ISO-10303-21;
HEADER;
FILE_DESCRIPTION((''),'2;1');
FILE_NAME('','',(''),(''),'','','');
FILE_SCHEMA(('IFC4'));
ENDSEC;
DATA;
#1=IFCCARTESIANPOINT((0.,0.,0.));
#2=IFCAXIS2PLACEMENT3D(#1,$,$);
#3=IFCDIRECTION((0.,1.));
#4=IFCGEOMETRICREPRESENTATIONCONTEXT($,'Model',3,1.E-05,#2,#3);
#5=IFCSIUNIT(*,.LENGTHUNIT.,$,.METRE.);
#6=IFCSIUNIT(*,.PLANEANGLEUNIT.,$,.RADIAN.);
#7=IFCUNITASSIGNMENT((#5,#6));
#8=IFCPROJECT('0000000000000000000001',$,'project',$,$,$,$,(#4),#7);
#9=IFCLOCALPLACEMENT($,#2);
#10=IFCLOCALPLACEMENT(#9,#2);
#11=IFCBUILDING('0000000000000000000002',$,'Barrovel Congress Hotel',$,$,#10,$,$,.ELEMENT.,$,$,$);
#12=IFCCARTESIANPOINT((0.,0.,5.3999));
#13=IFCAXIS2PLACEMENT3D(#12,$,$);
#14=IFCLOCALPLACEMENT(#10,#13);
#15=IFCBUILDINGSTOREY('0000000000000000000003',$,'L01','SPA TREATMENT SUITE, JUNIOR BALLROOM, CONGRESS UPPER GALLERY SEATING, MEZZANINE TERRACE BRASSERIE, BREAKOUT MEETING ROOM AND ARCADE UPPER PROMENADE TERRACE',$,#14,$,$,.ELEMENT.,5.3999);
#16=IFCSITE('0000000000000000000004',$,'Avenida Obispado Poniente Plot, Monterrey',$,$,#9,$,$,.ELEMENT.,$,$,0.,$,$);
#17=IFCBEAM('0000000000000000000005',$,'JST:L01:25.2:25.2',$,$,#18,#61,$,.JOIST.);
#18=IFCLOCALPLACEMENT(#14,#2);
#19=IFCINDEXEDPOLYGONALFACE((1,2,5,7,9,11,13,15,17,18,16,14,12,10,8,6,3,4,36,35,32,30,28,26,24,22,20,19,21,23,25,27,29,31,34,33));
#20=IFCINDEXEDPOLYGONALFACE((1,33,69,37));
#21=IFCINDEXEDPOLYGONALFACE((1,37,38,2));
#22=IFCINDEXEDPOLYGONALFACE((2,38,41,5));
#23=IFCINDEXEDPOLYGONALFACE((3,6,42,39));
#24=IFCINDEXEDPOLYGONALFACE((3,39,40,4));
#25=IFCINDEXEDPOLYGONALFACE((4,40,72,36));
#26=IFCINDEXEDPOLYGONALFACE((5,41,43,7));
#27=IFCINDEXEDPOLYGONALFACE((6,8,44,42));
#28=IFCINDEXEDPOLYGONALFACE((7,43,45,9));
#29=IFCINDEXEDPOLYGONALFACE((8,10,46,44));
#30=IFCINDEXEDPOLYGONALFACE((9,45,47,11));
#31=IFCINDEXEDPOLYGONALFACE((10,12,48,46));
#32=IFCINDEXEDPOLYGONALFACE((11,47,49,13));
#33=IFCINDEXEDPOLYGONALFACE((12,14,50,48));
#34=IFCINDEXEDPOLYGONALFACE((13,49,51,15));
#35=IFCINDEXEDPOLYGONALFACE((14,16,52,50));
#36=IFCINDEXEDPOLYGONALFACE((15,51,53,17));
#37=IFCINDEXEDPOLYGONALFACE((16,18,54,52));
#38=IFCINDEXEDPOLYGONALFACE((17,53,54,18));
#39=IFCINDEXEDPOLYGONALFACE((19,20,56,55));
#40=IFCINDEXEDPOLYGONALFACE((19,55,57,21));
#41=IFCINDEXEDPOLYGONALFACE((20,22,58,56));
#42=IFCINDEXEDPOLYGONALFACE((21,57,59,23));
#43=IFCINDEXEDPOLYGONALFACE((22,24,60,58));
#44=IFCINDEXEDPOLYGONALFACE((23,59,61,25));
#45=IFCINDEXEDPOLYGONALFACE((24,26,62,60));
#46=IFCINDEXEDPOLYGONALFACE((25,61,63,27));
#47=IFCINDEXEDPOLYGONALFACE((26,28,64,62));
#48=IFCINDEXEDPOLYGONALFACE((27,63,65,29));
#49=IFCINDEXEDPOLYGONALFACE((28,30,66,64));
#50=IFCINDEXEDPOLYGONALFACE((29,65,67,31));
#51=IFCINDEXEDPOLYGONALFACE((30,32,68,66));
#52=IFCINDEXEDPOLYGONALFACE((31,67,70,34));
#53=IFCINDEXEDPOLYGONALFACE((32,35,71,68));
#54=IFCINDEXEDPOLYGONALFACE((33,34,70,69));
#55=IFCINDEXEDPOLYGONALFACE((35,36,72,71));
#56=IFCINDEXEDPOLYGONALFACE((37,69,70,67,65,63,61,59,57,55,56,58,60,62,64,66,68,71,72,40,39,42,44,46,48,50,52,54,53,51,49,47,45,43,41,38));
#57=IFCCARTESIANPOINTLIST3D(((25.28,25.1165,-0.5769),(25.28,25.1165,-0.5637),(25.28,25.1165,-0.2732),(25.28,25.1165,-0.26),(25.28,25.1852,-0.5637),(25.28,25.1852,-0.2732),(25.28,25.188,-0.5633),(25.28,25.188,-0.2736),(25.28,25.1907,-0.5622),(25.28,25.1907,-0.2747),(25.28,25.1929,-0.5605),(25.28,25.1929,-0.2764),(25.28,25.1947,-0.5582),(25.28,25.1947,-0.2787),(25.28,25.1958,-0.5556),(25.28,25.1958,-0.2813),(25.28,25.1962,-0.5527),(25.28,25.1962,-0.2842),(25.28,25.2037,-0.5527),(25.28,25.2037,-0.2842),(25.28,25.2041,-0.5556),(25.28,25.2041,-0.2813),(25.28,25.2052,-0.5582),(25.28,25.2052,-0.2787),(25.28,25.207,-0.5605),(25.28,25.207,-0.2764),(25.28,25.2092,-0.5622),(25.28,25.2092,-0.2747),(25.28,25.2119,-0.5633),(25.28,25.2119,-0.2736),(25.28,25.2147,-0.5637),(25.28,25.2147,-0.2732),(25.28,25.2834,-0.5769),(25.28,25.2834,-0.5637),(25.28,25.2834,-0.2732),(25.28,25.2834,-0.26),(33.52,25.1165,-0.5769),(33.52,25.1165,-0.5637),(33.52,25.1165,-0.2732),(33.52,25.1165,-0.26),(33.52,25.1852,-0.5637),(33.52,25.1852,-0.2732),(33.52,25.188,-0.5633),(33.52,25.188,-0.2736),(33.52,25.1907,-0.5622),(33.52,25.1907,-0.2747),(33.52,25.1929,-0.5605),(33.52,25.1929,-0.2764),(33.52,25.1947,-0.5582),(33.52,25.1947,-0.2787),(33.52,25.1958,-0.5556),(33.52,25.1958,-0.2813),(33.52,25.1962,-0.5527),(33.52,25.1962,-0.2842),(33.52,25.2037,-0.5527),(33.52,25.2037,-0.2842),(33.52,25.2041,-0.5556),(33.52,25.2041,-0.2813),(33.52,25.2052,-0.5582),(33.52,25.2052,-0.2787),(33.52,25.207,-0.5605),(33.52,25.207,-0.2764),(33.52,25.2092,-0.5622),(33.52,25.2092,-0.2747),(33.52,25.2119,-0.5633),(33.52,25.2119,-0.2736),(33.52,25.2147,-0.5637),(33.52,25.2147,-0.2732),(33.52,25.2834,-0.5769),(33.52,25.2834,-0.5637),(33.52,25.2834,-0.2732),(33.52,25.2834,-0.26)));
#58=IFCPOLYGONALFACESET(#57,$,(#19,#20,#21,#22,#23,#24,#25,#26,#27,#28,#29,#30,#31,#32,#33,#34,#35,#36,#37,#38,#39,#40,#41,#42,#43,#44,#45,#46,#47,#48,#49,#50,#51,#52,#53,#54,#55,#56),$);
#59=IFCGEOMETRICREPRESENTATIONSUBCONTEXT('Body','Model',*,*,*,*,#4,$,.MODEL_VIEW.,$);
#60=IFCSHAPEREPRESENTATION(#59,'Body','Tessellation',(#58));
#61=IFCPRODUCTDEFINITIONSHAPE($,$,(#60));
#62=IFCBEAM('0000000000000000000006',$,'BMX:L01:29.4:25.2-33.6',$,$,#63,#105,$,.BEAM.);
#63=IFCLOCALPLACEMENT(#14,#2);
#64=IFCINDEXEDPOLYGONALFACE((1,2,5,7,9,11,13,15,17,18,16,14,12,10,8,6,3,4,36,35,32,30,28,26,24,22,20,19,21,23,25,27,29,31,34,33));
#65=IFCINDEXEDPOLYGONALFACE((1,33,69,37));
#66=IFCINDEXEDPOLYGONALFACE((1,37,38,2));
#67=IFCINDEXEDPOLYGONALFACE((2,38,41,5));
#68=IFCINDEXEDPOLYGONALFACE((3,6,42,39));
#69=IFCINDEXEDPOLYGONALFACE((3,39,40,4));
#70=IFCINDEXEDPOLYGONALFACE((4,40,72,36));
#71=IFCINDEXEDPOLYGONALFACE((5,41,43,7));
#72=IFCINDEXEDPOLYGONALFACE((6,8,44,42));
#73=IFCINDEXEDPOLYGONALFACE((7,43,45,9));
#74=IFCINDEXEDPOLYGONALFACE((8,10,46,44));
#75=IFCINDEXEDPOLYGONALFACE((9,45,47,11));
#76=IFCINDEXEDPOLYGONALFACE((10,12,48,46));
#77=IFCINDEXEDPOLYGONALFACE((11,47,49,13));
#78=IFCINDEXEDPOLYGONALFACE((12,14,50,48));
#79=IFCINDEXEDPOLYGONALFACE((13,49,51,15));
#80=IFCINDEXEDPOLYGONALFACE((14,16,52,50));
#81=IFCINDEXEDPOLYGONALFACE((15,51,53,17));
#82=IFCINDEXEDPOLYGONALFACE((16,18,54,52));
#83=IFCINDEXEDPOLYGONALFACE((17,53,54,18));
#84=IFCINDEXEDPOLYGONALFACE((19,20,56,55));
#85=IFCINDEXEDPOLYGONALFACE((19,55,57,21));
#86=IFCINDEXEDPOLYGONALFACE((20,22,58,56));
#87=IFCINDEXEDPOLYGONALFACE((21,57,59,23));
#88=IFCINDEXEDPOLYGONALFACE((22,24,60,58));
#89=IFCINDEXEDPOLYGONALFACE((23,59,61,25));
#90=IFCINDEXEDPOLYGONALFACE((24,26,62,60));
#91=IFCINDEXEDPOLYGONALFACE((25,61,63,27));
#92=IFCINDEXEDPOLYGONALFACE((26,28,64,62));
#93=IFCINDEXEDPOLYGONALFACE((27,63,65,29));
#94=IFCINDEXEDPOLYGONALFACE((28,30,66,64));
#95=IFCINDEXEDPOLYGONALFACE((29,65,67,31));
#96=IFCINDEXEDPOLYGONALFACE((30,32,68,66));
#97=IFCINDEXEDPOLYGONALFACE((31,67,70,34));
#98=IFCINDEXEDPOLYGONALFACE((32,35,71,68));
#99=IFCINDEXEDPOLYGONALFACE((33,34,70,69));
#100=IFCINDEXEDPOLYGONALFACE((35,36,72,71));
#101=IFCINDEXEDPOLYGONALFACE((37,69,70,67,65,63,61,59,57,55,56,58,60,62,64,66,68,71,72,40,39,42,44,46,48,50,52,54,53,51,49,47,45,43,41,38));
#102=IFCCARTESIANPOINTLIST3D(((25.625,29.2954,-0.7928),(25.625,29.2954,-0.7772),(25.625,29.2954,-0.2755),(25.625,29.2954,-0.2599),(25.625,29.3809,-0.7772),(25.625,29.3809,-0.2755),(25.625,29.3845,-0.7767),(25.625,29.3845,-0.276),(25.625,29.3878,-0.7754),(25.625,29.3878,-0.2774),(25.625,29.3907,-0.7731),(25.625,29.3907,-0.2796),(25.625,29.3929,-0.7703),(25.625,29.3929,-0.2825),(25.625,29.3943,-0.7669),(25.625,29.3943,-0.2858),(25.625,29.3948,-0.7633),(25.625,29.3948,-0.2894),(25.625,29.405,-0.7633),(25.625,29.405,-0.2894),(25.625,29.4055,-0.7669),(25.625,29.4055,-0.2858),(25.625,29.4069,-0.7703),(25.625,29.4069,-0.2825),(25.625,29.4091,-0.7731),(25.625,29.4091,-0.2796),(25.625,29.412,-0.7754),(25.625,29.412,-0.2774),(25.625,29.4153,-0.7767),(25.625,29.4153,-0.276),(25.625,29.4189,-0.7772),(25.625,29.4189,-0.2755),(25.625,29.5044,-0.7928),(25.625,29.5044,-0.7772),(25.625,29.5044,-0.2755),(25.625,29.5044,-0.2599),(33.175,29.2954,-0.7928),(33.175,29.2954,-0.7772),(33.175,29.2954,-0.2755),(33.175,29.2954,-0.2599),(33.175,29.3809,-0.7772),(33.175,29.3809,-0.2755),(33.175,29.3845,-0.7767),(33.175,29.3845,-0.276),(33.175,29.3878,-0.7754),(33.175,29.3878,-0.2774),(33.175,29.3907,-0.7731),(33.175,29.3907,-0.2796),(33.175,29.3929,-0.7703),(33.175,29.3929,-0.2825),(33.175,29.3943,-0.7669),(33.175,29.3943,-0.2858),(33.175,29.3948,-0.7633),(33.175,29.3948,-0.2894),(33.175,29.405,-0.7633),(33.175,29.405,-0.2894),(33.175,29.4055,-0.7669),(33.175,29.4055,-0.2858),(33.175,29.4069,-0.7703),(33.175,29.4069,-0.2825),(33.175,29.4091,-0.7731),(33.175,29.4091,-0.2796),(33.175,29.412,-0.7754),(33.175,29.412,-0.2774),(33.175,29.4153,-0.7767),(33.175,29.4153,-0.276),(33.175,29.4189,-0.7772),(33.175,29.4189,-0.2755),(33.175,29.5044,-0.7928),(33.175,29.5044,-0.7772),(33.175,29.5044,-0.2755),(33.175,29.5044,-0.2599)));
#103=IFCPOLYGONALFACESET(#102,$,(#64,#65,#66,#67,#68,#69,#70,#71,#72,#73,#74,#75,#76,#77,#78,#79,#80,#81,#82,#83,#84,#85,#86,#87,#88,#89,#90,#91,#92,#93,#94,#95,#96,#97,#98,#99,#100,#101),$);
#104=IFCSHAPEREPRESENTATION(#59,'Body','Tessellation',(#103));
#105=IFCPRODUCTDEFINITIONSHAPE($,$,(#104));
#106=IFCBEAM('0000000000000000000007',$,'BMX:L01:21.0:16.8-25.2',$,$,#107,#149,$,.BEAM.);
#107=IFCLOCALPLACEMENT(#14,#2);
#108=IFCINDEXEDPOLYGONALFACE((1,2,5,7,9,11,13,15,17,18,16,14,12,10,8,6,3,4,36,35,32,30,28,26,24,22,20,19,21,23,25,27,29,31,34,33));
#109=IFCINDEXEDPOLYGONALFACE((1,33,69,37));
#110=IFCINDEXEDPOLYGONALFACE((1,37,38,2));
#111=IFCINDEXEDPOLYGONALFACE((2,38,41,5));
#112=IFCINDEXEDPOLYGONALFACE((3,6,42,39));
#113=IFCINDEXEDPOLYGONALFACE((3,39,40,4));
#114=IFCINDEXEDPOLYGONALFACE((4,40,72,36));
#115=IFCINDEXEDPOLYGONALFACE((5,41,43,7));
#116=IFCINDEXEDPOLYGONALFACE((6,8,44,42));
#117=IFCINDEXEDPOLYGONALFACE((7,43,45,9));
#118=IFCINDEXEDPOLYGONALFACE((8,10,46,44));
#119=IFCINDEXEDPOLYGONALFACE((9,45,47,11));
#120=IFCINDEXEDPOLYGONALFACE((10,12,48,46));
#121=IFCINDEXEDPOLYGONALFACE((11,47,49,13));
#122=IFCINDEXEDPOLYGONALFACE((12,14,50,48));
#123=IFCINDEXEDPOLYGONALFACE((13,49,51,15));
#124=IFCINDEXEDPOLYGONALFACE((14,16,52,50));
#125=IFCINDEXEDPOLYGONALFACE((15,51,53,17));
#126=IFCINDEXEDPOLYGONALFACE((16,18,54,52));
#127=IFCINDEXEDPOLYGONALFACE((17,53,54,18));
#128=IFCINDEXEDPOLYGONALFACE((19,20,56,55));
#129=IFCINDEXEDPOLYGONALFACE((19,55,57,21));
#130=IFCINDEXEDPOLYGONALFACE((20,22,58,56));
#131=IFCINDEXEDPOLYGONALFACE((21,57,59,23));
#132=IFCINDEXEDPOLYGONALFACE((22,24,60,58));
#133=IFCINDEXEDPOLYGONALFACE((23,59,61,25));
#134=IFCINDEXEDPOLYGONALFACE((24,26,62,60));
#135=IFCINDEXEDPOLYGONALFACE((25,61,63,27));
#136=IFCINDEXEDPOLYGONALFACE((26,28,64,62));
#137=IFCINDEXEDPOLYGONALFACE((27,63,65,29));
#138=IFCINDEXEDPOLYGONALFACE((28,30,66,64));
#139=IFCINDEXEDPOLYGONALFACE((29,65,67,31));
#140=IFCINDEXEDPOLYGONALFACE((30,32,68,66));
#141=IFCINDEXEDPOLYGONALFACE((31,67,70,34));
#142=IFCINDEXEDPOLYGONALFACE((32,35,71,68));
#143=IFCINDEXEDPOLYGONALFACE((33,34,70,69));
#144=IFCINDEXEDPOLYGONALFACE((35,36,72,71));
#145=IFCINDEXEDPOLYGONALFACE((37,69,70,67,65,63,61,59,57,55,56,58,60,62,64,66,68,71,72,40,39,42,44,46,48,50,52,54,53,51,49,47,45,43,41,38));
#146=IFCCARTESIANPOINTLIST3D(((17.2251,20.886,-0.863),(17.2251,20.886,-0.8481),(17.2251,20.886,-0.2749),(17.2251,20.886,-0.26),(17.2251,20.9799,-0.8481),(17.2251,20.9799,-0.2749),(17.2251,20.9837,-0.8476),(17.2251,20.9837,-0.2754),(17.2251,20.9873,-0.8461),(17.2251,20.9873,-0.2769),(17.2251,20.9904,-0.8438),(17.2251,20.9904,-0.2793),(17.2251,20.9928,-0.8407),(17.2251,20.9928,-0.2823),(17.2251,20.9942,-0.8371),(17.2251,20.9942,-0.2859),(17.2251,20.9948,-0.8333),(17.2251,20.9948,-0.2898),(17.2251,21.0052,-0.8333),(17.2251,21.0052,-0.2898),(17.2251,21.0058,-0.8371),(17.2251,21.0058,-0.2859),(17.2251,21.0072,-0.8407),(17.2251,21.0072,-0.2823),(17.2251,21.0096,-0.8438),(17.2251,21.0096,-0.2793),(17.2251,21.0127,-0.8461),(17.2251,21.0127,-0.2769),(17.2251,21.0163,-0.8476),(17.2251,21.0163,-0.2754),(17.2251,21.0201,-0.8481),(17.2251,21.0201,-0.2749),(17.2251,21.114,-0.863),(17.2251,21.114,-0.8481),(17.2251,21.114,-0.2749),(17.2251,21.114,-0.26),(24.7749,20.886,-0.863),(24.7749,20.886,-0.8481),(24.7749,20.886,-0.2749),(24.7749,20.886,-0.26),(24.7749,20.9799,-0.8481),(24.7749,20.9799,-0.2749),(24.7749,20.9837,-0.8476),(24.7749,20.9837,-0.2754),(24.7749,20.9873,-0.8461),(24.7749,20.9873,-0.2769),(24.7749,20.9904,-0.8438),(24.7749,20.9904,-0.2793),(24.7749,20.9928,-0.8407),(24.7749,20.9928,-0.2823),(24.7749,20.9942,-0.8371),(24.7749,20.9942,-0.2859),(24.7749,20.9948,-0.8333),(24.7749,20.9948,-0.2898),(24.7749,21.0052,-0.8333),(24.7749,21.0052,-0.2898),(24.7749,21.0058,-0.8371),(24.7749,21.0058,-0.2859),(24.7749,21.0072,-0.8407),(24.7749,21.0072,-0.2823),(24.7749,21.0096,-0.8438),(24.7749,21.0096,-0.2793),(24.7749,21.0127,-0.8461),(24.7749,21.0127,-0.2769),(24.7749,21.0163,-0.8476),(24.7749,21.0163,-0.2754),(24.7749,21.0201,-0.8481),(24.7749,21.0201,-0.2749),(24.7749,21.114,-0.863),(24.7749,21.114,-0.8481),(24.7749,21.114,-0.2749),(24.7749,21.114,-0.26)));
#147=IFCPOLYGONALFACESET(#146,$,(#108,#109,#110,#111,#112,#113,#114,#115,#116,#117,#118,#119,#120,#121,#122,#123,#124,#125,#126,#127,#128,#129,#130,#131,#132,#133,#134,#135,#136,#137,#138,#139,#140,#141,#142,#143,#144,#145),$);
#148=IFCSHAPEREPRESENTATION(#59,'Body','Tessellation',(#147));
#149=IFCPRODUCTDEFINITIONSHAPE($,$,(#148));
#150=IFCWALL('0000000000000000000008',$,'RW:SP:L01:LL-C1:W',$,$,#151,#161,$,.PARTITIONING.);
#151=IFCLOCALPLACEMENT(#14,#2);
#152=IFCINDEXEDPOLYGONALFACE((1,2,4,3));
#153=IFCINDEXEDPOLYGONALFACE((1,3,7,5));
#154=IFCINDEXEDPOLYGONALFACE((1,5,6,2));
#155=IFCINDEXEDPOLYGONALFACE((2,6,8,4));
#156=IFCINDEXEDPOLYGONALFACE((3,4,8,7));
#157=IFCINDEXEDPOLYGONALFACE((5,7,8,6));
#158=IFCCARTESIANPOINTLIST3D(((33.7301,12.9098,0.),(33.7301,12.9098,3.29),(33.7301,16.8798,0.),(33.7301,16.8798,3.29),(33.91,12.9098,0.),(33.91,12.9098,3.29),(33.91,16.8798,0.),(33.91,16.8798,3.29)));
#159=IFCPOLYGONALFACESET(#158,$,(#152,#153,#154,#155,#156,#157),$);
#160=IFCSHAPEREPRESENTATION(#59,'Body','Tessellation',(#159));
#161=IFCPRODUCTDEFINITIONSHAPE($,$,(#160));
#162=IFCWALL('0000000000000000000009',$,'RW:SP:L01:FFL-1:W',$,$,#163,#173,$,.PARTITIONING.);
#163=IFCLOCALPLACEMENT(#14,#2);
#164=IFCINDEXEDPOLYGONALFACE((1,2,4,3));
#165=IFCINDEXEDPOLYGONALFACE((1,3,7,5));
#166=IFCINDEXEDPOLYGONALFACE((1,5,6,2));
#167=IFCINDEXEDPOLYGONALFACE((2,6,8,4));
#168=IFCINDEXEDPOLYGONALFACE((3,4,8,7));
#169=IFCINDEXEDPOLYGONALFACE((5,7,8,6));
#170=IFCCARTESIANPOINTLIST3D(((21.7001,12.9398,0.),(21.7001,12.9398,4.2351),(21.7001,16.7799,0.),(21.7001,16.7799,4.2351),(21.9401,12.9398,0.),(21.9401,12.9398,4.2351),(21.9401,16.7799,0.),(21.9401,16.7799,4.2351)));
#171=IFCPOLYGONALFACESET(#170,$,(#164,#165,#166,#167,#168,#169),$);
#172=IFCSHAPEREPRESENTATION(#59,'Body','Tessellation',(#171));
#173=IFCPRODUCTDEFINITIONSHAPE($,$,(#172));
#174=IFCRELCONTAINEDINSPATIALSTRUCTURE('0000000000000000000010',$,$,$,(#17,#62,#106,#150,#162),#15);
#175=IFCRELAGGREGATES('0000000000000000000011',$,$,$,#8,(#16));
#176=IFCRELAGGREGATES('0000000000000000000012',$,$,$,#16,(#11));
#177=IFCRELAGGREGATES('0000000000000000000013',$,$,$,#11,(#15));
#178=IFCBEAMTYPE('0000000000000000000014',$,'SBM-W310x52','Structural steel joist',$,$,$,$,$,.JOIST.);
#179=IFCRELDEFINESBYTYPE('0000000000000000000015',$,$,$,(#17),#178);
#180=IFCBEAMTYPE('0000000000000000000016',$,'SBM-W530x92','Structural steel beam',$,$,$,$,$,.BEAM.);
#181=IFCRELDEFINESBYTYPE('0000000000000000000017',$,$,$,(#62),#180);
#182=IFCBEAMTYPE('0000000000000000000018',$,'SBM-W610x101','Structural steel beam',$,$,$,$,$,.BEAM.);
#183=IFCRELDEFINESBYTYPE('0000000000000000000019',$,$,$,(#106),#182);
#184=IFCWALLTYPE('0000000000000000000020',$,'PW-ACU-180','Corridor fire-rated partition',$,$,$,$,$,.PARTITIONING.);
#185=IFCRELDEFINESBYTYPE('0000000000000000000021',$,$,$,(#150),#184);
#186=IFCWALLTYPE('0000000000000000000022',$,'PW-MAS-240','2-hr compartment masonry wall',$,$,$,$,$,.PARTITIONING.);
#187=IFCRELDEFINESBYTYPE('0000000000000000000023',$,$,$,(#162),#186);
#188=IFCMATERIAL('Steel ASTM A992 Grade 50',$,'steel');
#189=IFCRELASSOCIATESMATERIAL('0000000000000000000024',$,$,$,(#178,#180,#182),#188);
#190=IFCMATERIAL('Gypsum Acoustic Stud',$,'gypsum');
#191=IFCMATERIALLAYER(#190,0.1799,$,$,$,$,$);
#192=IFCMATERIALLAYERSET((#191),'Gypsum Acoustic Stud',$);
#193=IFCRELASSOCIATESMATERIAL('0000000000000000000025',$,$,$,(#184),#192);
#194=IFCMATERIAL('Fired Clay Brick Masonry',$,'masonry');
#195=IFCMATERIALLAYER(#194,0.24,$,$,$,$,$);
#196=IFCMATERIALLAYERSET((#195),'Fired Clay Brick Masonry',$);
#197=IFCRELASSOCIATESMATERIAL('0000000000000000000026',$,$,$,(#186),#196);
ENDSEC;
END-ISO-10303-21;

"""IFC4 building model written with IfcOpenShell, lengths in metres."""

from ifc_helpers import new_model, si_unit, direction, frame, frame_2d, origin, origin_2d, place, context, subcontext, project, spatial, rectangle, i_section, extrude, material, layer, layer_set, material_profile, profile_set, type_object, element, save


model = new_model("IFC4")

# Units and contexts
model_context = context("Model", 3, precision=1e-05, world=origin(), true_north=direction((0.0, 1.0)))
body_context = subcontext(model_context, "Body", "Model", "MODEL_VIEW")
ifc_project = project(units=[si_unit("LENGTHUNIT", "METRE"), si_unit("PLANEANGLEUNIT", "RADIAN")], contexts=[model_context])

# Site, building, storey
site_placement = place(None, origin())
site = spatial("IfcSite", under=ifc_project, at=site_placement, Name="Avenida Obispado Poniente Plot, Monterrey", CompositionType="ELEMENT", RefElevation=0.0)
building_placement = place(site_placement, origin())
building = spatial("IfcBuilding", under=site, at=building_placement, Name="Barrovel Congress Hotel", CompositionType="ELEMENT")
storey_placement = place(building_placement, frame((0.0, 0.0, 5.3999)))
storey = spatial("IfcBuildingStorey", under=building, at=storey_placement, Name="L01", Description="SPA TREATMENT SUITE, JUNIOR BALLROOM, CONGRESS UPPER GALLERY SEATING, MEZZANINE TERRACE BRASSERIE, BREAKOUT MEETING ROOM AND ARCADE UPPER PROMENADE TERRACE", CompositionType="ELEMENT", Elevation=5.3999)

# Beams
ifc_material_1 = material(Name="Steel ASTM A992 Grade 50", Category="steel")
ifc_material_profile_1 = material_profile(ifc_material_1, i_section(OverallWidth=0.167, OverallDepth=0.3169, WebThickness=0.0076, FlangeThickness=0.0132, FilletRadius=0.011, at=origin_2d()), Name="W310x52")
ifc_profile_set_1 = profile_set([ifc_material_profile_1], Name="Steel ASTM A992 Grade 50")
beam_type_1 = type_object("IfcBeamType", Name="SBM-W310x52", Description="Structural steel joist", PredefinedType="JOIST", material=ifc_profile_set_1)
beam_1_placement = place(storey_placement, frame((25.28, 25.2, -0.4185), z_axis=(1.0, 0.0, 0.0), x_axis=(0.0, 1.0, 0.0)))
element("IfcBeam", 1, at=beam_1_placement, inside=storey, type_object=beam_type_1, Name="JST:L01:25.2:25.2", PredefinedType="JOIST", context=body_context, shape_type="SweptSolid", body=[
    extrude(i_section(OverallWidth=0.167, OverallDepth=0.3169, WebThickness=0.0076, FlangeThickness=0.0132, FilletRadius=0.011, at=origin_2d()), origin(), (0.0, 0.0, 1.0), 8.24),
])
ifc_material_profile_2 = material_profile(ifc_material_1, i_section(OverallWidth=0.209, OverallDepth=0.533, WebThickness=0.0103, FlangeThickness=0.0156, FilletRadius=0.0139, at=origin_2d()), Name="W530x92")
ifc_profile_set_2 = profile_set([ifc_material_profile_2], Name="Steel ASTM A992 Grade 50")
beam_type_2 = type_object("IfcBeamType", Name="SBM-W530x92", Description="Structural steel beam", PredefinedType="BEAM", material=ifc_profile_set_2)
beam_2_placement = place(storey_placement, frame((25.625, 29.3999, -0.5264), z_axis=(1.0, 0.0, 0.0), x_axis=(0.0, 1.0, 0.0)))
element("IfcBeam", 2, at=beam_2_placement, inside=storey, type_object=beam_type_2, Name="BMX:L01:29.4:25.2-33.6", PredefinedType="BEAM", context=body_context, shape_type="SweptSolid", body=[
    extrude(i_section(OverallWidth=0.209, OverallDepth=0.533, WebThickness=0.0103, FlangeThickness=0.0156, FilletRadius=0.0139, at=origin_2d()), origin(), (0.0, 0.0, 1.0), 7.55),
])
ifc_material_profile_3 = material_profile(ifc_material_1, i_section(OverallWidth=0.228, OverallDepth=0.603, WebThickness=0.0105, FlangeThickness=0.0149, FilletRadius=0.0149, at=origin_2d()), Name="W610x101")
ifc_profile_set_3 = profile_set([ifc_material_profile_3], Name="Steel ASTM A992 Grade 50")
beam_type_3 = type_object("IfcBeamType", Name="SBM-W610x101", Description="Structural steel beam", PredefinedType="BEAM", material=ifc_profile_set_3)
beam_3_placement = place(storey_placement, frame((17.2251, 21.0, -0.5615), z_axis=(1.0, 0.0, 0.0), x_axis=(0.0, 1.0, 0.0)))
element("IfcBeam", 3, at=beam_3_placement, inside=storey, type_object=beam_type_3, Name="BMX:L01:21.0:16.8-25.2", PredefinedType="BEAM", context=body_context, shape_type="SweptSolid", body=[
    extrude(i_section(OverallWidth=0.228, OverallDepth=0.603, WebThickness=0.0105, FlangeThickness=0.0149, FilletRadius=0.0149, at=origin_2d()), origin(), (0.0, 0.0, 1.0), 7.5498),
])

# Shared definitions
ifc_material_2 = material(Name="Gypsum Acoustic Stud", Category="gypsum")
ifc_layer_1 = layer(ifc_material_2, 0.1799)
ifc_layer_set_1 = layer_set([ifc_layer_1], Name="Gypsum Acoustic Stud")
wall_type_1 = type_object("IfcWallType", Name="PW-ACU-180", Description="Corridor fire-rated partition", PredefinedType="PARTITIONING", material=ifc_layer_set_1)

# Wall
wall_1_placement = place(storey_placement, frame((33.8201, 12.9099, 0.0), z_axis=(0.0, 0.0, 1.0), x_axis=(0.0, 1.0, 0.0)))
element("IfcWall", 4, at=wall_1_placement, inside=storey, type_object=wall_type_1, Name="RW:SP:L01:LL-C1:W", PredefinedType="PARTITIONING", context=body_context, shape_type="SweptSolid", body=[
    extrude(rectangle(XDim=3.97, YDim=0.1799, at=frame_2d((1.9849, 0.0))), origin(), (0.0, 0.0, 1.0), 3.29),
])

# Shared definitions
ifc_material_3 = material(Name="Fired Clay Brick Masonry", Category="masonry")
ifc_layer_2 = layer(ifc_material_3, 0.24)
ifc_layer_set_2 = layer_set([ifc_layer_2], Name="Fired Clay Brick Masonry")
wall_type_2 = type_object("IfcWallType", Name="PW-MAS-240", Description="2-hr compartment masonry wall", PredefinedType="PARTITIONING", material=ifc_layer_set_2)

# Wall
wall_2_placement = place(storey_placement, frame((21.8201, 12.9399, 0.0), z_axis=(0.0, 0.0, 1.0), x_axis=(0.0, 1.0, 0.0)))
element("IfcWall", 5, at=wall_2_placement, inside=storey, type_object=wall_type_2, Name="RW:SP:L01:FFL-1:W", PredefinedType="PARTITIONING", context=body_context, shape_type="SweptSolid", body=[
    extrude(rectangle(XDim=3.8401, YDim=0.24, at=frame_2d((1.9199, 0.0))), origin(), (0.0, 0.0, 1.0), 4.2351),
])

save(model, "model.ifc")
